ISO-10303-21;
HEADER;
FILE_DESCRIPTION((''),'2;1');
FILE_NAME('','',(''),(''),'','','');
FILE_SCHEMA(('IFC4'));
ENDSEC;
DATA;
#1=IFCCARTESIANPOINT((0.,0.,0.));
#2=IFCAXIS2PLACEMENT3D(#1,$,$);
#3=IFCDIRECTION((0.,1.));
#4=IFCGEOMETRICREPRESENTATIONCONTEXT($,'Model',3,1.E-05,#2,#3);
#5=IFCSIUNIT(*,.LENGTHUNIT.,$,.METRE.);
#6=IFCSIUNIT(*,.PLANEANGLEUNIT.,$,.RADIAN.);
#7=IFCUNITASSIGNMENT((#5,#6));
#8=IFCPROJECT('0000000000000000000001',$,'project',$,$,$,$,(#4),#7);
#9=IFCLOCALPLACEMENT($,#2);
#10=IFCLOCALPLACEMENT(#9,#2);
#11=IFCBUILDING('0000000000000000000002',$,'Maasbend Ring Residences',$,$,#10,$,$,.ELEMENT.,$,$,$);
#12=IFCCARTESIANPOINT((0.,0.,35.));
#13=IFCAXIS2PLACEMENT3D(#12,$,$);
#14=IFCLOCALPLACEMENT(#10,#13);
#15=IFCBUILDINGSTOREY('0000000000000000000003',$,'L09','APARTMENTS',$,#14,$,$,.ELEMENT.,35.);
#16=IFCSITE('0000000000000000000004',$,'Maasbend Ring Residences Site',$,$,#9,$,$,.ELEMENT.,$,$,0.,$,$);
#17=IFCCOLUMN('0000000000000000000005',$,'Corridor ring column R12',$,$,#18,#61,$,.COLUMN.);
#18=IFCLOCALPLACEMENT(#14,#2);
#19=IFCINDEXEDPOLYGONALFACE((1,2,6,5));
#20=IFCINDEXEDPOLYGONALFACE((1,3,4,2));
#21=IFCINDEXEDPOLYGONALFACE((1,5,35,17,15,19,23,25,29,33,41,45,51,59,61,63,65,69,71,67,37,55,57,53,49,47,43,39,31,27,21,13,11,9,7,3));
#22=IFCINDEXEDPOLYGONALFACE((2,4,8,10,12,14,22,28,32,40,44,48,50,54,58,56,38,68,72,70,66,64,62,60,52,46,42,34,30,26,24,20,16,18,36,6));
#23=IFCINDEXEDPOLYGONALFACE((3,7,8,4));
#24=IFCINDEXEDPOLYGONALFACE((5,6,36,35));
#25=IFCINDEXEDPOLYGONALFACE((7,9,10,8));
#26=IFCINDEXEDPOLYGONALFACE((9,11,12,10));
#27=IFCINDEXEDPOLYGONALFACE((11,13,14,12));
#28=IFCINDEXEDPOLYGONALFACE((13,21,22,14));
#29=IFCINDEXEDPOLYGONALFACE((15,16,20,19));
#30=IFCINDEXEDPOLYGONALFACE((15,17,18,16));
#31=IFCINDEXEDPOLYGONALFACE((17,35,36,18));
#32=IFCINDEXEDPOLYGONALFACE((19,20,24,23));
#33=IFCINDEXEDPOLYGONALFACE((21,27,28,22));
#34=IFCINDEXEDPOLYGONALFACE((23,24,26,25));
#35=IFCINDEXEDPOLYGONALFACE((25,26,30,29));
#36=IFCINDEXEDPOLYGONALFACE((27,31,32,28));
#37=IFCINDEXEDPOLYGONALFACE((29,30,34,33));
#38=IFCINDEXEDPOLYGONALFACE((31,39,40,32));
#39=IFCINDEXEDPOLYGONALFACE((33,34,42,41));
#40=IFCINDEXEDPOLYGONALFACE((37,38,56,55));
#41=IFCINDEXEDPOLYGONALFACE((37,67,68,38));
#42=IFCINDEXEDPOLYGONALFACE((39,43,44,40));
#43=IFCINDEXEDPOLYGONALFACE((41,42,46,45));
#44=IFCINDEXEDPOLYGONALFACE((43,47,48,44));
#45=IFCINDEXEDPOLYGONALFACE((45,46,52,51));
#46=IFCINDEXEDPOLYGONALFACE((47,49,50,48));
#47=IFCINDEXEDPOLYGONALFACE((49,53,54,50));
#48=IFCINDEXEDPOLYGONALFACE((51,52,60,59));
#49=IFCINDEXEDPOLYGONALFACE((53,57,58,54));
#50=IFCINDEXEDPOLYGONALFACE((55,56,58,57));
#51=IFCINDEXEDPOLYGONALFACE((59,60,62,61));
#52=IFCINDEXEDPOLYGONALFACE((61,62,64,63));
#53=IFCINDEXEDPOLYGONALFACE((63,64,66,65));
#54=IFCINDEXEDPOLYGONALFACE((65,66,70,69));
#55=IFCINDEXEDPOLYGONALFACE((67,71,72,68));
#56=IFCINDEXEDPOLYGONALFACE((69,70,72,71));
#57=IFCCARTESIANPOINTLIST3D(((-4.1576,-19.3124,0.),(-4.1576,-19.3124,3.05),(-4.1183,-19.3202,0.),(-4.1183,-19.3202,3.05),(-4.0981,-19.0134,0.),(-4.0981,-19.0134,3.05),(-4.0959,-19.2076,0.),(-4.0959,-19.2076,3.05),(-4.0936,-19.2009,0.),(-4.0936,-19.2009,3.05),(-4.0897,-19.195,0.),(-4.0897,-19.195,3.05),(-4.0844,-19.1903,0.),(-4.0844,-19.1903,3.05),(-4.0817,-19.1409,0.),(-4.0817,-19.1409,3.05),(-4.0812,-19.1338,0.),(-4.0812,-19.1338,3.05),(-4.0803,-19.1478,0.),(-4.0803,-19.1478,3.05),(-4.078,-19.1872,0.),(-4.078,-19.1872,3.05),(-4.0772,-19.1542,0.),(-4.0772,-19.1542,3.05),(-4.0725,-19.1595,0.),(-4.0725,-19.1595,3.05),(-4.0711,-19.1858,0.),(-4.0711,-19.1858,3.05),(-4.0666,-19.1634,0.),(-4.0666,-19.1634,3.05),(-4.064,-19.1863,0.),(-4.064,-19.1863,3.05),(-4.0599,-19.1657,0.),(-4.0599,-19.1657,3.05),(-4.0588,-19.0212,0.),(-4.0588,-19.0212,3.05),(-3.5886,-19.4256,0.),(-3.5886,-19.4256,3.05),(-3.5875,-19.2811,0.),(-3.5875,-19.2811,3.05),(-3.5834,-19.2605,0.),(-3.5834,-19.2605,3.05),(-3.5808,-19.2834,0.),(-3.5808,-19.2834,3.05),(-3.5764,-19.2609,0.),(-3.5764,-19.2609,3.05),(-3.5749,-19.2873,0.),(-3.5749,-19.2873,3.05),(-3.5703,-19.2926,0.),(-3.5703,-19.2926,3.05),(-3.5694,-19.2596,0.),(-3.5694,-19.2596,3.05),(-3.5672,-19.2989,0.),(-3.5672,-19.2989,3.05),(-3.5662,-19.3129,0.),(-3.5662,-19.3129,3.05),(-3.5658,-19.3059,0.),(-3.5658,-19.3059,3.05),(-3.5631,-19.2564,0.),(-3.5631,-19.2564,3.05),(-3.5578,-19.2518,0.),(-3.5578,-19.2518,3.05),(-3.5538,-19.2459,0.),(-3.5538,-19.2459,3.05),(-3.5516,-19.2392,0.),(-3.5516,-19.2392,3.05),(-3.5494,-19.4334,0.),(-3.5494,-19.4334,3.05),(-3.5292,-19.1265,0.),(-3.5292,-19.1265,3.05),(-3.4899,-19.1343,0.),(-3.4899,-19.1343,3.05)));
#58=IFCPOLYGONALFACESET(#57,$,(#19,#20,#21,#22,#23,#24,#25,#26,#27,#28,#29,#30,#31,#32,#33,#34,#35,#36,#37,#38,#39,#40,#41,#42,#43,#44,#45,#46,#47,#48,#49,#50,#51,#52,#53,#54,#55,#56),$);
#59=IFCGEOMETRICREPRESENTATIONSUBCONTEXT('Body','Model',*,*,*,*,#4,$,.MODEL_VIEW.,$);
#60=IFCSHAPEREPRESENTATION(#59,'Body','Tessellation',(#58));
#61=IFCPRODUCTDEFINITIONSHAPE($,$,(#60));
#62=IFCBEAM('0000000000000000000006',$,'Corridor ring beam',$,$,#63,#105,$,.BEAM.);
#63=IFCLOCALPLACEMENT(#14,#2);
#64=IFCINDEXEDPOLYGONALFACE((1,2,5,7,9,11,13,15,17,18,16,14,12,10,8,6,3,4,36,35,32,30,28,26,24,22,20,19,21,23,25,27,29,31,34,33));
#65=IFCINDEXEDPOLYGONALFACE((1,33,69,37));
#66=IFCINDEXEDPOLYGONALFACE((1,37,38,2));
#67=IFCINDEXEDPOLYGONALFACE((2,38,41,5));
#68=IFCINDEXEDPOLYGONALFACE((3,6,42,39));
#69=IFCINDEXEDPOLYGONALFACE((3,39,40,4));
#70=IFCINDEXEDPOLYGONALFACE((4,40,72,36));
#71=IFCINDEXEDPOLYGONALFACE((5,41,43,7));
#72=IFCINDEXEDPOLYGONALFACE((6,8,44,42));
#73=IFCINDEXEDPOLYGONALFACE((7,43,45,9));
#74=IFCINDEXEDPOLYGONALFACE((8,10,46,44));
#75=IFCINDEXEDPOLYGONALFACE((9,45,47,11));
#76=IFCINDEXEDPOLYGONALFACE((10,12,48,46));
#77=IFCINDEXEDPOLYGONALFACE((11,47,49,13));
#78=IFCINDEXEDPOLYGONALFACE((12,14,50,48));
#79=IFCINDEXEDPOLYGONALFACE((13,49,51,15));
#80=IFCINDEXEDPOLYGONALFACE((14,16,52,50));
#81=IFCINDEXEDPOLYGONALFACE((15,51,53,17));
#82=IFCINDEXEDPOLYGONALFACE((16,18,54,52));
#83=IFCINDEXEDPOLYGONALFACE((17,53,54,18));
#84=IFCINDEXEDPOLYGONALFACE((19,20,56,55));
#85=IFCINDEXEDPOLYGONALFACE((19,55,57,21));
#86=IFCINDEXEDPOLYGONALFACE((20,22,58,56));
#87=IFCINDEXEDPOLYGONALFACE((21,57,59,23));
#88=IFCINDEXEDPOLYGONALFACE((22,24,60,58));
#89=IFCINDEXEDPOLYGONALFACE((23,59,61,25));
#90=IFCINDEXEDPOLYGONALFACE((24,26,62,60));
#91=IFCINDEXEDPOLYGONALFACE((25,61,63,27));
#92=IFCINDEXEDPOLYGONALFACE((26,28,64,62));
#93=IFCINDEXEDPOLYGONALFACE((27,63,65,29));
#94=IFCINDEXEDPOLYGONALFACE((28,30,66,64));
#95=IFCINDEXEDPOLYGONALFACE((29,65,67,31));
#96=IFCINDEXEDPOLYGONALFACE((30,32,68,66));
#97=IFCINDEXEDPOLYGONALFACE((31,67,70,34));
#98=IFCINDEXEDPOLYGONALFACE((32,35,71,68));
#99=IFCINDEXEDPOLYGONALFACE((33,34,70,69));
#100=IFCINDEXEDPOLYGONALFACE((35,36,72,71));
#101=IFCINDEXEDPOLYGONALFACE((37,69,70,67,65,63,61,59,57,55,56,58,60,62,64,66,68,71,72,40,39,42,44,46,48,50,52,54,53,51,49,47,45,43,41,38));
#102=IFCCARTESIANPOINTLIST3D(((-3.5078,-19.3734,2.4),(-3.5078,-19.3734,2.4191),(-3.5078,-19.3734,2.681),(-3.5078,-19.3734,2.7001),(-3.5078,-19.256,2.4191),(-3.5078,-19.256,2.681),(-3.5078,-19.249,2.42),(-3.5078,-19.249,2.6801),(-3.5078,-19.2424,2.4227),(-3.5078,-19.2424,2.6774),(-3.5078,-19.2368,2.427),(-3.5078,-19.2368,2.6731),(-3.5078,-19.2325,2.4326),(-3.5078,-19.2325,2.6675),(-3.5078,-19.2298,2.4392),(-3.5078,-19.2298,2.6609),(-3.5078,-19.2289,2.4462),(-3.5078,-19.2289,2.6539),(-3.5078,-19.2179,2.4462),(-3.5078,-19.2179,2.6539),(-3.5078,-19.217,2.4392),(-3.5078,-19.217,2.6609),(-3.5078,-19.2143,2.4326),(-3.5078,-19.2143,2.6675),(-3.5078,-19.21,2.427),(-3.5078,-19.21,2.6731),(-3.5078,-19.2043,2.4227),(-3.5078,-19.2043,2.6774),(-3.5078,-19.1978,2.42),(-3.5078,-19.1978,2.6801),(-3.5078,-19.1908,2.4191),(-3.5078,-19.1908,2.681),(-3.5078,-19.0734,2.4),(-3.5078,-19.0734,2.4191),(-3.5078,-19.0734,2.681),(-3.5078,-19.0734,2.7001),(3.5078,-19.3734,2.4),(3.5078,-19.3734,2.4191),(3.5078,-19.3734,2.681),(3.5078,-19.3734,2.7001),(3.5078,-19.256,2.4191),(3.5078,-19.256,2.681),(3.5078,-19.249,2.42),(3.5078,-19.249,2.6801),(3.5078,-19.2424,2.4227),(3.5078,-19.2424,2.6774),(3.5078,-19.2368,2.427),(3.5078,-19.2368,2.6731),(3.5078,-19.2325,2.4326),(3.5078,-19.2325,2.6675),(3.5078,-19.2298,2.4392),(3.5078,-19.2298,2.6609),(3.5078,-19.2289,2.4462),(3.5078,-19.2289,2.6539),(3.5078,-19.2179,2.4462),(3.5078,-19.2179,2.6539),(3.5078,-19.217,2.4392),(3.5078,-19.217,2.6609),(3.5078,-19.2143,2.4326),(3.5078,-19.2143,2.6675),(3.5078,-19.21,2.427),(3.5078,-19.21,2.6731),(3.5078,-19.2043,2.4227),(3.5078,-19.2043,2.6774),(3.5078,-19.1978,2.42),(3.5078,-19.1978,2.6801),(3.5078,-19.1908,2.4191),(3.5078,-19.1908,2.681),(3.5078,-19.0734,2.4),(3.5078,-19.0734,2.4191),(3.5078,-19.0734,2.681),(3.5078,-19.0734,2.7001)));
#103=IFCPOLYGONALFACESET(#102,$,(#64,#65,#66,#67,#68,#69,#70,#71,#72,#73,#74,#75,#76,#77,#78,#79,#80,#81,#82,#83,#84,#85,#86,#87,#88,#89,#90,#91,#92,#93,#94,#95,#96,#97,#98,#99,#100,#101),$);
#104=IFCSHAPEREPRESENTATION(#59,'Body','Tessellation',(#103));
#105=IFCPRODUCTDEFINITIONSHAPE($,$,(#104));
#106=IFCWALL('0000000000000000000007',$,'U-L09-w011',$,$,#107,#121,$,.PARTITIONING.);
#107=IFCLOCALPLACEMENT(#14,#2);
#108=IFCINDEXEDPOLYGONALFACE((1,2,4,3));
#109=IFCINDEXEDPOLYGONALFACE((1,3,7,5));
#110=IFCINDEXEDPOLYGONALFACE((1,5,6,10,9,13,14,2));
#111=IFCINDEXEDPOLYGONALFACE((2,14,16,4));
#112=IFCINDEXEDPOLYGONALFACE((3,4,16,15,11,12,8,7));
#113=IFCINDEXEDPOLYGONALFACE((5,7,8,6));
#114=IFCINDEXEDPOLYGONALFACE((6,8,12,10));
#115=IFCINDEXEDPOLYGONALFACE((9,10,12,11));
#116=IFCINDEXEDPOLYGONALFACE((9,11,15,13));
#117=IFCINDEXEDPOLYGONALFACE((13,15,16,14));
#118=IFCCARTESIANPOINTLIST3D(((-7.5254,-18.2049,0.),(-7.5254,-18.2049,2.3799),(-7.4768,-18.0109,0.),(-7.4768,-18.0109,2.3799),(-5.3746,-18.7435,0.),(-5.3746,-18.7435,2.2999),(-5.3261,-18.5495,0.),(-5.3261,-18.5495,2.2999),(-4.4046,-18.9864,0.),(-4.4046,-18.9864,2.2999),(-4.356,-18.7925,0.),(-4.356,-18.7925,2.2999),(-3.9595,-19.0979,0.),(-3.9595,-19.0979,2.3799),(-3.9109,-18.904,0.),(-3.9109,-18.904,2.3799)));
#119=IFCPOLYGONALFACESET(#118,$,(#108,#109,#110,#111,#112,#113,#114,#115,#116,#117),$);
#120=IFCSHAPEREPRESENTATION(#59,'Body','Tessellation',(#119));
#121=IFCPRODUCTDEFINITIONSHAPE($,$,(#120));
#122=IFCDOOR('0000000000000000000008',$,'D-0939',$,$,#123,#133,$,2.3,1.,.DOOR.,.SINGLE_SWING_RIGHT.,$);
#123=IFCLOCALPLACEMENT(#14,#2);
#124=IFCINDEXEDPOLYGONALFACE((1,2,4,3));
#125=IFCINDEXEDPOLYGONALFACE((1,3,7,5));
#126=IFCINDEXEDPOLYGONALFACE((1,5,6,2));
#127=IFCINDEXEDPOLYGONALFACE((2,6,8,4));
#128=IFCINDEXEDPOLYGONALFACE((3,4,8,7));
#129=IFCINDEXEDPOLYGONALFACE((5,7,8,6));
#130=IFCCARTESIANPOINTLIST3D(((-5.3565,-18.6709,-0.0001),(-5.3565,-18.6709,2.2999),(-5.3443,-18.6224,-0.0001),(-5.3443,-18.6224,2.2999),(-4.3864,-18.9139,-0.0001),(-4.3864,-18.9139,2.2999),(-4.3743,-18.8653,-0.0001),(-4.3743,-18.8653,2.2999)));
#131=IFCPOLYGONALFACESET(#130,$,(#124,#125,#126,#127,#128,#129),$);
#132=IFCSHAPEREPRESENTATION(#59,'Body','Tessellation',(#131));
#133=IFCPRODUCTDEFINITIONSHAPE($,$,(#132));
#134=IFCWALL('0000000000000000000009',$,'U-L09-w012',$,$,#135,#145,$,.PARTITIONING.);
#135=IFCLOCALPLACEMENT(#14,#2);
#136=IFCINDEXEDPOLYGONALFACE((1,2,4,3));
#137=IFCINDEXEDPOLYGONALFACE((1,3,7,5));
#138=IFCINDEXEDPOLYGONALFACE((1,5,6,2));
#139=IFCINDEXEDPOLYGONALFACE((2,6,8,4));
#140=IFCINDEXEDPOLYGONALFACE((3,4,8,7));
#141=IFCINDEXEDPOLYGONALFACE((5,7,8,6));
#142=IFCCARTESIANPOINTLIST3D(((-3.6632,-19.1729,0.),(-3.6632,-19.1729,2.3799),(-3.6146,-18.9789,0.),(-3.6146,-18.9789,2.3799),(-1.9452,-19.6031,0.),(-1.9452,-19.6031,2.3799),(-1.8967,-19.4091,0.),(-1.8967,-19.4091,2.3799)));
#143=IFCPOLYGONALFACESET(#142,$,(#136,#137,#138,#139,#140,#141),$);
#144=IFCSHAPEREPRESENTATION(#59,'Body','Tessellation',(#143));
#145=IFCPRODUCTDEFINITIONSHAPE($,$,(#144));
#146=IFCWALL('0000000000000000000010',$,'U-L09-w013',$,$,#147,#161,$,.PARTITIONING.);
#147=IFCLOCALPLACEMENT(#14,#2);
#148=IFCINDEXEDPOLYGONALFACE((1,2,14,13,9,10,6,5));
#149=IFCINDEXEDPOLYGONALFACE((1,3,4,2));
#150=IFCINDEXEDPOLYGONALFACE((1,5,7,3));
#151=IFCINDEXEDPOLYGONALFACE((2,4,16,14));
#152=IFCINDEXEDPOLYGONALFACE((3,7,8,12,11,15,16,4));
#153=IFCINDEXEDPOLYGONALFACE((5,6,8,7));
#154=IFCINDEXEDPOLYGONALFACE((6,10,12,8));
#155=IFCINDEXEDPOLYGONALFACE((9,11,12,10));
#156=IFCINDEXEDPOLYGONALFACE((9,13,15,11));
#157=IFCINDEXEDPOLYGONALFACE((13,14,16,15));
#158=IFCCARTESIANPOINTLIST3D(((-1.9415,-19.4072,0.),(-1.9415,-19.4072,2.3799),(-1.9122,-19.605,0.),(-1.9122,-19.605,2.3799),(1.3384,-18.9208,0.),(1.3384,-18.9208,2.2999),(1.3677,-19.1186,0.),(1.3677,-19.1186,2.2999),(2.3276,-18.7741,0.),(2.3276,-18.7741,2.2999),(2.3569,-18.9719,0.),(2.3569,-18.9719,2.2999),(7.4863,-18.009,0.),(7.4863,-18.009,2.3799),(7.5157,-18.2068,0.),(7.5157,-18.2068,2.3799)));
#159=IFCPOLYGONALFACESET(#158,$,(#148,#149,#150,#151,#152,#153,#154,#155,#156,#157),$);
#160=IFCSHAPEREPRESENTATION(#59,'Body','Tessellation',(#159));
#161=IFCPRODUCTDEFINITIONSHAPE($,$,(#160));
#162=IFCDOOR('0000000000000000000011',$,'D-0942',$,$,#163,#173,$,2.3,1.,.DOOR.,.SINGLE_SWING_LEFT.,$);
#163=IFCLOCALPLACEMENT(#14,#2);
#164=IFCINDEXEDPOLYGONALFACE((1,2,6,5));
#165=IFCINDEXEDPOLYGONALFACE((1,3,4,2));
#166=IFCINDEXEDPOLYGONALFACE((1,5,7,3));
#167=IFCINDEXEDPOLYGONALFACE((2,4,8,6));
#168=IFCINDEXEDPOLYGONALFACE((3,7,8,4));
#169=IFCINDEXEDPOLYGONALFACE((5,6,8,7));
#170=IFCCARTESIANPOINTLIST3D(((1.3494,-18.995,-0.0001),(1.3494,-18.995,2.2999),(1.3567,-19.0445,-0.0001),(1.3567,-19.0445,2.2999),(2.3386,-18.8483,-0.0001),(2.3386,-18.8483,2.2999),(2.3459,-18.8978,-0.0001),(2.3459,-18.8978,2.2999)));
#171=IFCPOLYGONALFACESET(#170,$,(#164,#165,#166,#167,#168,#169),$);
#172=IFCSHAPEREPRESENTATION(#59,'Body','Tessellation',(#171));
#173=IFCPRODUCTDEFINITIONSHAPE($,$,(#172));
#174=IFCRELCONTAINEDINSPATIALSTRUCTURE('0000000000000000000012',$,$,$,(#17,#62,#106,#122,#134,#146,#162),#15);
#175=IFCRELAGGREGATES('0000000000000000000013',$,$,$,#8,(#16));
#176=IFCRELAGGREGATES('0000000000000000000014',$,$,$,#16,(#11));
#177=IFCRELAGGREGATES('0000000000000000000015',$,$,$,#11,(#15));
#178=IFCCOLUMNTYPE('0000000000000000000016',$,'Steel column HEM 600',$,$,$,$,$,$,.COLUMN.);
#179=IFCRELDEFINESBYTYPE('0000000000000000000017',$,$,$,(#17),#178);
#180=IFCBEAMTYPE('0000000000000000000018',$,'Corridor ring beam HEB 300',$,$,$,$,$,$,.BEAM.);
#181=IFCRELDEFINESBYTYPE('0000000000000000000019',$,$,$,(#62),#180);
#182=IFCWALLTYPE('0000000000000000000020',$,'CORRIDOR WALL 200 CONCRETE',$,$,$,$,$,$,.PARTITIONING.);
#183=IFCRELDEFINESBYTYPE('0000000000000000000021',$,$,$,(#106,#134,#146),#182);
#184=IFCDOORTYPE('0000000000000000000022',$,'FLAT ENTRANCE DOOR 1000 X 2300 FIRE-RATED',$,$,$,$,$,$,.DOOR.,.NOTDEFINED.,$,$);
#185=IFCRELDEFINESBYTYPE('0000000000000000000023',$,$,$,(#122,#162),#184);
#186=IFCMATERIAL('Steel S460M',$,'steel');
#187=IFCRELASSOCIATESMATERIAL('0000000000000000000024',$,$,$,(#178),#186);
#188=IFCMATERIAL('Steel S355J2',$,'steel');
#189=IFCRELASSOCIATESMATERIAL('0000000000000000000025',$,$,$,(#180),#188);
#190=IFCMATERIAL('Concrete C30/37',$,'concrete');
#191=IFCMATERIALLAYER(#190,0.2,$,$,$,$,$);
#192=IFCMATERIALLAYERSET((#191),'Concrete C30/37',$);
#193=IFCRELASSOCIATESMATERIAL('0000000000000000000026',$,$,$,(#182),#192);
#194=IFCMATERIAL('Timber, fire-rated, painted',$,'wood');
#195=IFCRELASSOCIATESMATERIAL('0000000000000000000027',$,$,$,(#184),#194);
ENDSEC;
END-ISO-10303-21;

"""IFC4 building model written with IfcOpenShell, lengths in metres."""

from ifc_helpers import new_model, si_unit, direction, frame, frame_2d, origin, origin_2d, place, context, subcontext, project, spatial, rectangle, i_section, extrude, material, layer, layer_set, material_profile, profile_set, type_object, element, fill, save


model = new_model("IFC4")

# Units and contexts
model_context = context("Model", 3, precision=1e-05, world=origin(), true_north=direction((0.0, 1.0)))
body_context = subcontext(model_context, "Body", "Model", "MODEL_VIEW")
ifc_project = project(units=[si_unit("LENGTHUNIT", "METRE"), si_unit("PLANEANGLEUNIT", "RADIAN")], contexts=[model_context])

# Site, building, storey
site_placement = place(None, origin())
site = spatial("IfcSite", under=ifc_project, at=site_placement, Name="Maasbend Ring Residences Site", CompositionType="ELEMENT", RefElevation=0.0)
building_placement = place(site_placement, origin())
building = spatial("IfcBuilding", under=site, at=building_placement, Name="Maasbend Ring Residences", CompositionType="ELEMENT")
storey_placement = place(building_placement, frame((0.0, 0.0, 35.0)))
storey = spatial("IfcBuildingStorey", under=building, at=storey_placement, Name="L09", Description="APARTMENTS", CompositionType="ELEMENT", Elevation=35.0)

# Column
ifc_material_1 = material(Name="Steel S460M", Category="steel")
ifc_material_profile_1 = material_profile(ifc_material_1, i_section(OverallWidth=0.3049, OverallDepth=0.6201, WebThickness=0.021, FlangeThickness=0.04, FilletRadius=0.0271, at=origin_2d()), Name="HEM 600")
ifc_profile_set_1 = profile_set([ifc_material_profile_1], Name="Steel S460M")
column_type = type_object("IfcColumnType", Name="Steel column HEM 600", PredefinedType="COLUMN", material=ifc_profile_set_1)
column_placement = place(storey_placement, frame((-3.8237, -19.2234, 0.0), z_axis=(0.0, 0.0, 1.0), x_axis=(-0.19509, -0.980785, 0.0)))
element("IfcColumn", 1, at=column_placement, inside=storey, type_object=column_type, Name="Corridor ring column R12", PredefinedType="COLUMN", context=body_context, shape_type="SweptSolid", body=[
    extrude(i_section(OverallWidth=0.3049, OverallDepth=0.6201, WebThickness=0.021, FlangeThickness=0.04, FilletRadius=0.0271, at=origin_2d()), origin(), (0.0, 0.0, 1.0), 3.05),
])

# Beam
ifc_material_2 = material(Name="Steel S355J2", Category="steel")
ifc_material_profile_2 = material_profile(ifc_material_2, i_section(OverallWidth=0.3, OverallDepth=0.3, WebThickness=0.011, FlangeThickness=0.019, FilletRadius=0.0271, at=origin_2d()), Name="HEB 300")
ifc_profile_set_2 = profile_set([ifc_material_profile_2], Name="Steel S355J2")
beam_type = type_object("IfcBeamType", Name="Corridor ring beam HEB 300", PredefinedType="BEAM", material=ifc_profile_set_2)
beam_placement = place(storey_placement, frame((-3.5078, -19.2234, 2.55), z_axis=(1.0, 0.0, 0.0), x_axis=(0.0, 1.0, 0.0)))
element("IfcBeam", 2, at=beam_placement, inside=storey, type_object=beam_type, Name="Corridor ring beam", PredefinedType="BEAM", context=body_context, shape_type="SweptSolid", body=[
    extrude(i_section(OverallWidth=0.3, OverallDepth=0.3, WebThickness=0.011, FlangeThickness=0.019, FilletRadius=0.0271, at=origin_2d()), origin(), (0.0, 0.0, 1.0), 7.0156),
])

# Wall, opening, door
ifc_material_3 = material(Name="Concrete C30/37", Category="concrete")
ifc_layer_1 = layer(ifc_material_3, 0.2)
ifc_layer_set_1 = layer_set([ifc_layer_1], Name="Concrete C30/37")
wall_type_1 = type_object("IfcWallType", Name="CORRIDOR WALL 200 CONCRETE", PredefinedType="PARTITIONING", material=ifc_layer_set_1)
wall_1_placement = place(storey_placement, frame((-7.501, -18.1079, 0.0), z_axis=(0.0, 0.0, 1.0), x_axis=(0.970041, -0.242942, 0.0)))
wall_1 = element("IfcWall", 3, at=wall_1_placement, inside=storey, type_object=wall_type_1, Name="U-L09-w011", PredefinedType="PARTITIONING", context=body_context, shape_type="SweptSolid", body=[
    extrude(rectangle(XDim=3.676, YDim=0.2, at=frame_2d((1.8379, 0.0))), origin(), (0.0, 0.0, 1.0), 2.3799),
])
opening_1_placement = place(wall_1_placement, frame((2.217, 0.0, 0.0)))
opening_1 = element("IfcOpeningElement", 4, at=opening_1_placement, cuts=wall_1, PredefinedType="OPENING", context=body_context, shape_type="SweptSolid", body=[
    extrude(rectangle(XDim=1.0, YDim=2.3, at=frame_2d((0.5, 1.1499))), frame((0.0, 0.1099, 0.0), z_axis=(0.0, -1.0, 0.0), x_axis=(1.0, 0.0, 0.0)), (0.0, 0.0, 1.0), 0.22),
])
ifc_material_4 = material(Name="Timber, fire-rated, painted", Category="wood")
door_type_1 = type_object("IfcDoorType", Name="FLAT ENTRANCE DOOR 1000 X 2300 FIRE-RATED", OperationType="NOTDEFINED", PredefinedType="DOOR", material=ifc_material_4)
door_1_placement = place(opening_1_placement, origin())
door_1 = element("IfcDoor", 5, at=door_1_placement, inside=storey, type_object=door_type_1, Name="D-0939", OperationType="SINGLE_SWING_RIGHT", OverallHeight=2.3, OverallWidth=1.0, PredefinedType="DOOR", context=body_context, shape_type="SweptSolid", body=[
    extrude(rectangle(XDim=1.0, YDim=2.3, at=frame_2d((0.5, 1.1499))), frame((0.0, 0.0249, 0.0), z_axis=(0.0, -1.0, 0.0), x_axis=(1.0, 0.0, 0.0)), (0.0, 0.0, 1.0), 0.05),
])
fill(opening_1, door_1)

# Wall
wall_2_placement = place(storey_placement, frame((-3.6389, -19.0759, 0.0), z_axis=(0.0, 0.0, 1.0), x_axis=(0.970053, -0.242892, 0.0)))
element("IfcWall", 6, at=wall_2_placement, inside=storey, type_object=wall_type_1, Name="U-L09-w012", PredefinedType="PARTITIONING", context=body_context, shape_type="SweptSolid", body=[
    extrude(rectangle(XDim=1.771, YDim=0.2, at=frame_2d((0.8855, 0.0))), origin(), (0.0, 0.0, 1.0), 2.3799),
])

# Wall, opening, door
wall_3_placement = place(storey_placement, frame((-1.927, -19.5061, 0.0), z_axis=(0.0, 0.0, 1.0), x_axis=(0.989181, 0.146698, 0.0)))
wall_3 = element("IfcWall", 7, at=wall_3_placement, inside=storey, type_object=wall_type_1, Name="U-L09-w013", PredefinedType="PARTITIONING", context=body_context, shape_type="SweptSolid", body=[
    extrude(rectangle(XDim=9.531, YDim=0.2, at=frame_2d((4.7656, 0.0))), origin(), (0.0, 0.0, 1.0), 2.3799),
])
opening_2_placement = place(wall_3_placement, frame((3.3159, 0.0, 0.0)))
opening_2 = element("IfcOpeningElement", 8, at=opening_2_placement, cuts=wall_3, PredefinedType="OPENING", context=body_context, shape_type="SweptSolid", body=[
    extrude(rectangle(XDim=1.0, YDim=2.3, at=frame_2d((0.5, 1.1499))), frame((0.0, 0.1099, 0.0), z_axis=(0.0, -1.0, 0.0), x_axis=(1.0, 0.0, 0.0)), (0.0, 0.0, 1.0), 0.22),
])
door_2_placement = place(opening_2_placement, origin())
door_2 = element("IfcDoor", 9, at=door_2_placement, inside=storey, type_object=door_type_1, Name="D-0942", OperationType="SINGLE_SWING_LEFT", OverallHeight=2.3, OverallWidth=1.0, PredefinedType="DOOR", context=body_context, shape_type="SweptSolid", body=[
    extrude(rectangle(XDim=1.0, YDim=2.3, at=frame_2d((0.5, 1.1499))), frame((0.0, 0.0249, 0.0), z_axis=(0.0, -1.0, 0.0), x_axis=(1.0, 0.0, 0.0)), (0.0, 0.0, 1.0), 0.05),
])
fill(opening_2, door_2)

save(model, "model.ifc")
